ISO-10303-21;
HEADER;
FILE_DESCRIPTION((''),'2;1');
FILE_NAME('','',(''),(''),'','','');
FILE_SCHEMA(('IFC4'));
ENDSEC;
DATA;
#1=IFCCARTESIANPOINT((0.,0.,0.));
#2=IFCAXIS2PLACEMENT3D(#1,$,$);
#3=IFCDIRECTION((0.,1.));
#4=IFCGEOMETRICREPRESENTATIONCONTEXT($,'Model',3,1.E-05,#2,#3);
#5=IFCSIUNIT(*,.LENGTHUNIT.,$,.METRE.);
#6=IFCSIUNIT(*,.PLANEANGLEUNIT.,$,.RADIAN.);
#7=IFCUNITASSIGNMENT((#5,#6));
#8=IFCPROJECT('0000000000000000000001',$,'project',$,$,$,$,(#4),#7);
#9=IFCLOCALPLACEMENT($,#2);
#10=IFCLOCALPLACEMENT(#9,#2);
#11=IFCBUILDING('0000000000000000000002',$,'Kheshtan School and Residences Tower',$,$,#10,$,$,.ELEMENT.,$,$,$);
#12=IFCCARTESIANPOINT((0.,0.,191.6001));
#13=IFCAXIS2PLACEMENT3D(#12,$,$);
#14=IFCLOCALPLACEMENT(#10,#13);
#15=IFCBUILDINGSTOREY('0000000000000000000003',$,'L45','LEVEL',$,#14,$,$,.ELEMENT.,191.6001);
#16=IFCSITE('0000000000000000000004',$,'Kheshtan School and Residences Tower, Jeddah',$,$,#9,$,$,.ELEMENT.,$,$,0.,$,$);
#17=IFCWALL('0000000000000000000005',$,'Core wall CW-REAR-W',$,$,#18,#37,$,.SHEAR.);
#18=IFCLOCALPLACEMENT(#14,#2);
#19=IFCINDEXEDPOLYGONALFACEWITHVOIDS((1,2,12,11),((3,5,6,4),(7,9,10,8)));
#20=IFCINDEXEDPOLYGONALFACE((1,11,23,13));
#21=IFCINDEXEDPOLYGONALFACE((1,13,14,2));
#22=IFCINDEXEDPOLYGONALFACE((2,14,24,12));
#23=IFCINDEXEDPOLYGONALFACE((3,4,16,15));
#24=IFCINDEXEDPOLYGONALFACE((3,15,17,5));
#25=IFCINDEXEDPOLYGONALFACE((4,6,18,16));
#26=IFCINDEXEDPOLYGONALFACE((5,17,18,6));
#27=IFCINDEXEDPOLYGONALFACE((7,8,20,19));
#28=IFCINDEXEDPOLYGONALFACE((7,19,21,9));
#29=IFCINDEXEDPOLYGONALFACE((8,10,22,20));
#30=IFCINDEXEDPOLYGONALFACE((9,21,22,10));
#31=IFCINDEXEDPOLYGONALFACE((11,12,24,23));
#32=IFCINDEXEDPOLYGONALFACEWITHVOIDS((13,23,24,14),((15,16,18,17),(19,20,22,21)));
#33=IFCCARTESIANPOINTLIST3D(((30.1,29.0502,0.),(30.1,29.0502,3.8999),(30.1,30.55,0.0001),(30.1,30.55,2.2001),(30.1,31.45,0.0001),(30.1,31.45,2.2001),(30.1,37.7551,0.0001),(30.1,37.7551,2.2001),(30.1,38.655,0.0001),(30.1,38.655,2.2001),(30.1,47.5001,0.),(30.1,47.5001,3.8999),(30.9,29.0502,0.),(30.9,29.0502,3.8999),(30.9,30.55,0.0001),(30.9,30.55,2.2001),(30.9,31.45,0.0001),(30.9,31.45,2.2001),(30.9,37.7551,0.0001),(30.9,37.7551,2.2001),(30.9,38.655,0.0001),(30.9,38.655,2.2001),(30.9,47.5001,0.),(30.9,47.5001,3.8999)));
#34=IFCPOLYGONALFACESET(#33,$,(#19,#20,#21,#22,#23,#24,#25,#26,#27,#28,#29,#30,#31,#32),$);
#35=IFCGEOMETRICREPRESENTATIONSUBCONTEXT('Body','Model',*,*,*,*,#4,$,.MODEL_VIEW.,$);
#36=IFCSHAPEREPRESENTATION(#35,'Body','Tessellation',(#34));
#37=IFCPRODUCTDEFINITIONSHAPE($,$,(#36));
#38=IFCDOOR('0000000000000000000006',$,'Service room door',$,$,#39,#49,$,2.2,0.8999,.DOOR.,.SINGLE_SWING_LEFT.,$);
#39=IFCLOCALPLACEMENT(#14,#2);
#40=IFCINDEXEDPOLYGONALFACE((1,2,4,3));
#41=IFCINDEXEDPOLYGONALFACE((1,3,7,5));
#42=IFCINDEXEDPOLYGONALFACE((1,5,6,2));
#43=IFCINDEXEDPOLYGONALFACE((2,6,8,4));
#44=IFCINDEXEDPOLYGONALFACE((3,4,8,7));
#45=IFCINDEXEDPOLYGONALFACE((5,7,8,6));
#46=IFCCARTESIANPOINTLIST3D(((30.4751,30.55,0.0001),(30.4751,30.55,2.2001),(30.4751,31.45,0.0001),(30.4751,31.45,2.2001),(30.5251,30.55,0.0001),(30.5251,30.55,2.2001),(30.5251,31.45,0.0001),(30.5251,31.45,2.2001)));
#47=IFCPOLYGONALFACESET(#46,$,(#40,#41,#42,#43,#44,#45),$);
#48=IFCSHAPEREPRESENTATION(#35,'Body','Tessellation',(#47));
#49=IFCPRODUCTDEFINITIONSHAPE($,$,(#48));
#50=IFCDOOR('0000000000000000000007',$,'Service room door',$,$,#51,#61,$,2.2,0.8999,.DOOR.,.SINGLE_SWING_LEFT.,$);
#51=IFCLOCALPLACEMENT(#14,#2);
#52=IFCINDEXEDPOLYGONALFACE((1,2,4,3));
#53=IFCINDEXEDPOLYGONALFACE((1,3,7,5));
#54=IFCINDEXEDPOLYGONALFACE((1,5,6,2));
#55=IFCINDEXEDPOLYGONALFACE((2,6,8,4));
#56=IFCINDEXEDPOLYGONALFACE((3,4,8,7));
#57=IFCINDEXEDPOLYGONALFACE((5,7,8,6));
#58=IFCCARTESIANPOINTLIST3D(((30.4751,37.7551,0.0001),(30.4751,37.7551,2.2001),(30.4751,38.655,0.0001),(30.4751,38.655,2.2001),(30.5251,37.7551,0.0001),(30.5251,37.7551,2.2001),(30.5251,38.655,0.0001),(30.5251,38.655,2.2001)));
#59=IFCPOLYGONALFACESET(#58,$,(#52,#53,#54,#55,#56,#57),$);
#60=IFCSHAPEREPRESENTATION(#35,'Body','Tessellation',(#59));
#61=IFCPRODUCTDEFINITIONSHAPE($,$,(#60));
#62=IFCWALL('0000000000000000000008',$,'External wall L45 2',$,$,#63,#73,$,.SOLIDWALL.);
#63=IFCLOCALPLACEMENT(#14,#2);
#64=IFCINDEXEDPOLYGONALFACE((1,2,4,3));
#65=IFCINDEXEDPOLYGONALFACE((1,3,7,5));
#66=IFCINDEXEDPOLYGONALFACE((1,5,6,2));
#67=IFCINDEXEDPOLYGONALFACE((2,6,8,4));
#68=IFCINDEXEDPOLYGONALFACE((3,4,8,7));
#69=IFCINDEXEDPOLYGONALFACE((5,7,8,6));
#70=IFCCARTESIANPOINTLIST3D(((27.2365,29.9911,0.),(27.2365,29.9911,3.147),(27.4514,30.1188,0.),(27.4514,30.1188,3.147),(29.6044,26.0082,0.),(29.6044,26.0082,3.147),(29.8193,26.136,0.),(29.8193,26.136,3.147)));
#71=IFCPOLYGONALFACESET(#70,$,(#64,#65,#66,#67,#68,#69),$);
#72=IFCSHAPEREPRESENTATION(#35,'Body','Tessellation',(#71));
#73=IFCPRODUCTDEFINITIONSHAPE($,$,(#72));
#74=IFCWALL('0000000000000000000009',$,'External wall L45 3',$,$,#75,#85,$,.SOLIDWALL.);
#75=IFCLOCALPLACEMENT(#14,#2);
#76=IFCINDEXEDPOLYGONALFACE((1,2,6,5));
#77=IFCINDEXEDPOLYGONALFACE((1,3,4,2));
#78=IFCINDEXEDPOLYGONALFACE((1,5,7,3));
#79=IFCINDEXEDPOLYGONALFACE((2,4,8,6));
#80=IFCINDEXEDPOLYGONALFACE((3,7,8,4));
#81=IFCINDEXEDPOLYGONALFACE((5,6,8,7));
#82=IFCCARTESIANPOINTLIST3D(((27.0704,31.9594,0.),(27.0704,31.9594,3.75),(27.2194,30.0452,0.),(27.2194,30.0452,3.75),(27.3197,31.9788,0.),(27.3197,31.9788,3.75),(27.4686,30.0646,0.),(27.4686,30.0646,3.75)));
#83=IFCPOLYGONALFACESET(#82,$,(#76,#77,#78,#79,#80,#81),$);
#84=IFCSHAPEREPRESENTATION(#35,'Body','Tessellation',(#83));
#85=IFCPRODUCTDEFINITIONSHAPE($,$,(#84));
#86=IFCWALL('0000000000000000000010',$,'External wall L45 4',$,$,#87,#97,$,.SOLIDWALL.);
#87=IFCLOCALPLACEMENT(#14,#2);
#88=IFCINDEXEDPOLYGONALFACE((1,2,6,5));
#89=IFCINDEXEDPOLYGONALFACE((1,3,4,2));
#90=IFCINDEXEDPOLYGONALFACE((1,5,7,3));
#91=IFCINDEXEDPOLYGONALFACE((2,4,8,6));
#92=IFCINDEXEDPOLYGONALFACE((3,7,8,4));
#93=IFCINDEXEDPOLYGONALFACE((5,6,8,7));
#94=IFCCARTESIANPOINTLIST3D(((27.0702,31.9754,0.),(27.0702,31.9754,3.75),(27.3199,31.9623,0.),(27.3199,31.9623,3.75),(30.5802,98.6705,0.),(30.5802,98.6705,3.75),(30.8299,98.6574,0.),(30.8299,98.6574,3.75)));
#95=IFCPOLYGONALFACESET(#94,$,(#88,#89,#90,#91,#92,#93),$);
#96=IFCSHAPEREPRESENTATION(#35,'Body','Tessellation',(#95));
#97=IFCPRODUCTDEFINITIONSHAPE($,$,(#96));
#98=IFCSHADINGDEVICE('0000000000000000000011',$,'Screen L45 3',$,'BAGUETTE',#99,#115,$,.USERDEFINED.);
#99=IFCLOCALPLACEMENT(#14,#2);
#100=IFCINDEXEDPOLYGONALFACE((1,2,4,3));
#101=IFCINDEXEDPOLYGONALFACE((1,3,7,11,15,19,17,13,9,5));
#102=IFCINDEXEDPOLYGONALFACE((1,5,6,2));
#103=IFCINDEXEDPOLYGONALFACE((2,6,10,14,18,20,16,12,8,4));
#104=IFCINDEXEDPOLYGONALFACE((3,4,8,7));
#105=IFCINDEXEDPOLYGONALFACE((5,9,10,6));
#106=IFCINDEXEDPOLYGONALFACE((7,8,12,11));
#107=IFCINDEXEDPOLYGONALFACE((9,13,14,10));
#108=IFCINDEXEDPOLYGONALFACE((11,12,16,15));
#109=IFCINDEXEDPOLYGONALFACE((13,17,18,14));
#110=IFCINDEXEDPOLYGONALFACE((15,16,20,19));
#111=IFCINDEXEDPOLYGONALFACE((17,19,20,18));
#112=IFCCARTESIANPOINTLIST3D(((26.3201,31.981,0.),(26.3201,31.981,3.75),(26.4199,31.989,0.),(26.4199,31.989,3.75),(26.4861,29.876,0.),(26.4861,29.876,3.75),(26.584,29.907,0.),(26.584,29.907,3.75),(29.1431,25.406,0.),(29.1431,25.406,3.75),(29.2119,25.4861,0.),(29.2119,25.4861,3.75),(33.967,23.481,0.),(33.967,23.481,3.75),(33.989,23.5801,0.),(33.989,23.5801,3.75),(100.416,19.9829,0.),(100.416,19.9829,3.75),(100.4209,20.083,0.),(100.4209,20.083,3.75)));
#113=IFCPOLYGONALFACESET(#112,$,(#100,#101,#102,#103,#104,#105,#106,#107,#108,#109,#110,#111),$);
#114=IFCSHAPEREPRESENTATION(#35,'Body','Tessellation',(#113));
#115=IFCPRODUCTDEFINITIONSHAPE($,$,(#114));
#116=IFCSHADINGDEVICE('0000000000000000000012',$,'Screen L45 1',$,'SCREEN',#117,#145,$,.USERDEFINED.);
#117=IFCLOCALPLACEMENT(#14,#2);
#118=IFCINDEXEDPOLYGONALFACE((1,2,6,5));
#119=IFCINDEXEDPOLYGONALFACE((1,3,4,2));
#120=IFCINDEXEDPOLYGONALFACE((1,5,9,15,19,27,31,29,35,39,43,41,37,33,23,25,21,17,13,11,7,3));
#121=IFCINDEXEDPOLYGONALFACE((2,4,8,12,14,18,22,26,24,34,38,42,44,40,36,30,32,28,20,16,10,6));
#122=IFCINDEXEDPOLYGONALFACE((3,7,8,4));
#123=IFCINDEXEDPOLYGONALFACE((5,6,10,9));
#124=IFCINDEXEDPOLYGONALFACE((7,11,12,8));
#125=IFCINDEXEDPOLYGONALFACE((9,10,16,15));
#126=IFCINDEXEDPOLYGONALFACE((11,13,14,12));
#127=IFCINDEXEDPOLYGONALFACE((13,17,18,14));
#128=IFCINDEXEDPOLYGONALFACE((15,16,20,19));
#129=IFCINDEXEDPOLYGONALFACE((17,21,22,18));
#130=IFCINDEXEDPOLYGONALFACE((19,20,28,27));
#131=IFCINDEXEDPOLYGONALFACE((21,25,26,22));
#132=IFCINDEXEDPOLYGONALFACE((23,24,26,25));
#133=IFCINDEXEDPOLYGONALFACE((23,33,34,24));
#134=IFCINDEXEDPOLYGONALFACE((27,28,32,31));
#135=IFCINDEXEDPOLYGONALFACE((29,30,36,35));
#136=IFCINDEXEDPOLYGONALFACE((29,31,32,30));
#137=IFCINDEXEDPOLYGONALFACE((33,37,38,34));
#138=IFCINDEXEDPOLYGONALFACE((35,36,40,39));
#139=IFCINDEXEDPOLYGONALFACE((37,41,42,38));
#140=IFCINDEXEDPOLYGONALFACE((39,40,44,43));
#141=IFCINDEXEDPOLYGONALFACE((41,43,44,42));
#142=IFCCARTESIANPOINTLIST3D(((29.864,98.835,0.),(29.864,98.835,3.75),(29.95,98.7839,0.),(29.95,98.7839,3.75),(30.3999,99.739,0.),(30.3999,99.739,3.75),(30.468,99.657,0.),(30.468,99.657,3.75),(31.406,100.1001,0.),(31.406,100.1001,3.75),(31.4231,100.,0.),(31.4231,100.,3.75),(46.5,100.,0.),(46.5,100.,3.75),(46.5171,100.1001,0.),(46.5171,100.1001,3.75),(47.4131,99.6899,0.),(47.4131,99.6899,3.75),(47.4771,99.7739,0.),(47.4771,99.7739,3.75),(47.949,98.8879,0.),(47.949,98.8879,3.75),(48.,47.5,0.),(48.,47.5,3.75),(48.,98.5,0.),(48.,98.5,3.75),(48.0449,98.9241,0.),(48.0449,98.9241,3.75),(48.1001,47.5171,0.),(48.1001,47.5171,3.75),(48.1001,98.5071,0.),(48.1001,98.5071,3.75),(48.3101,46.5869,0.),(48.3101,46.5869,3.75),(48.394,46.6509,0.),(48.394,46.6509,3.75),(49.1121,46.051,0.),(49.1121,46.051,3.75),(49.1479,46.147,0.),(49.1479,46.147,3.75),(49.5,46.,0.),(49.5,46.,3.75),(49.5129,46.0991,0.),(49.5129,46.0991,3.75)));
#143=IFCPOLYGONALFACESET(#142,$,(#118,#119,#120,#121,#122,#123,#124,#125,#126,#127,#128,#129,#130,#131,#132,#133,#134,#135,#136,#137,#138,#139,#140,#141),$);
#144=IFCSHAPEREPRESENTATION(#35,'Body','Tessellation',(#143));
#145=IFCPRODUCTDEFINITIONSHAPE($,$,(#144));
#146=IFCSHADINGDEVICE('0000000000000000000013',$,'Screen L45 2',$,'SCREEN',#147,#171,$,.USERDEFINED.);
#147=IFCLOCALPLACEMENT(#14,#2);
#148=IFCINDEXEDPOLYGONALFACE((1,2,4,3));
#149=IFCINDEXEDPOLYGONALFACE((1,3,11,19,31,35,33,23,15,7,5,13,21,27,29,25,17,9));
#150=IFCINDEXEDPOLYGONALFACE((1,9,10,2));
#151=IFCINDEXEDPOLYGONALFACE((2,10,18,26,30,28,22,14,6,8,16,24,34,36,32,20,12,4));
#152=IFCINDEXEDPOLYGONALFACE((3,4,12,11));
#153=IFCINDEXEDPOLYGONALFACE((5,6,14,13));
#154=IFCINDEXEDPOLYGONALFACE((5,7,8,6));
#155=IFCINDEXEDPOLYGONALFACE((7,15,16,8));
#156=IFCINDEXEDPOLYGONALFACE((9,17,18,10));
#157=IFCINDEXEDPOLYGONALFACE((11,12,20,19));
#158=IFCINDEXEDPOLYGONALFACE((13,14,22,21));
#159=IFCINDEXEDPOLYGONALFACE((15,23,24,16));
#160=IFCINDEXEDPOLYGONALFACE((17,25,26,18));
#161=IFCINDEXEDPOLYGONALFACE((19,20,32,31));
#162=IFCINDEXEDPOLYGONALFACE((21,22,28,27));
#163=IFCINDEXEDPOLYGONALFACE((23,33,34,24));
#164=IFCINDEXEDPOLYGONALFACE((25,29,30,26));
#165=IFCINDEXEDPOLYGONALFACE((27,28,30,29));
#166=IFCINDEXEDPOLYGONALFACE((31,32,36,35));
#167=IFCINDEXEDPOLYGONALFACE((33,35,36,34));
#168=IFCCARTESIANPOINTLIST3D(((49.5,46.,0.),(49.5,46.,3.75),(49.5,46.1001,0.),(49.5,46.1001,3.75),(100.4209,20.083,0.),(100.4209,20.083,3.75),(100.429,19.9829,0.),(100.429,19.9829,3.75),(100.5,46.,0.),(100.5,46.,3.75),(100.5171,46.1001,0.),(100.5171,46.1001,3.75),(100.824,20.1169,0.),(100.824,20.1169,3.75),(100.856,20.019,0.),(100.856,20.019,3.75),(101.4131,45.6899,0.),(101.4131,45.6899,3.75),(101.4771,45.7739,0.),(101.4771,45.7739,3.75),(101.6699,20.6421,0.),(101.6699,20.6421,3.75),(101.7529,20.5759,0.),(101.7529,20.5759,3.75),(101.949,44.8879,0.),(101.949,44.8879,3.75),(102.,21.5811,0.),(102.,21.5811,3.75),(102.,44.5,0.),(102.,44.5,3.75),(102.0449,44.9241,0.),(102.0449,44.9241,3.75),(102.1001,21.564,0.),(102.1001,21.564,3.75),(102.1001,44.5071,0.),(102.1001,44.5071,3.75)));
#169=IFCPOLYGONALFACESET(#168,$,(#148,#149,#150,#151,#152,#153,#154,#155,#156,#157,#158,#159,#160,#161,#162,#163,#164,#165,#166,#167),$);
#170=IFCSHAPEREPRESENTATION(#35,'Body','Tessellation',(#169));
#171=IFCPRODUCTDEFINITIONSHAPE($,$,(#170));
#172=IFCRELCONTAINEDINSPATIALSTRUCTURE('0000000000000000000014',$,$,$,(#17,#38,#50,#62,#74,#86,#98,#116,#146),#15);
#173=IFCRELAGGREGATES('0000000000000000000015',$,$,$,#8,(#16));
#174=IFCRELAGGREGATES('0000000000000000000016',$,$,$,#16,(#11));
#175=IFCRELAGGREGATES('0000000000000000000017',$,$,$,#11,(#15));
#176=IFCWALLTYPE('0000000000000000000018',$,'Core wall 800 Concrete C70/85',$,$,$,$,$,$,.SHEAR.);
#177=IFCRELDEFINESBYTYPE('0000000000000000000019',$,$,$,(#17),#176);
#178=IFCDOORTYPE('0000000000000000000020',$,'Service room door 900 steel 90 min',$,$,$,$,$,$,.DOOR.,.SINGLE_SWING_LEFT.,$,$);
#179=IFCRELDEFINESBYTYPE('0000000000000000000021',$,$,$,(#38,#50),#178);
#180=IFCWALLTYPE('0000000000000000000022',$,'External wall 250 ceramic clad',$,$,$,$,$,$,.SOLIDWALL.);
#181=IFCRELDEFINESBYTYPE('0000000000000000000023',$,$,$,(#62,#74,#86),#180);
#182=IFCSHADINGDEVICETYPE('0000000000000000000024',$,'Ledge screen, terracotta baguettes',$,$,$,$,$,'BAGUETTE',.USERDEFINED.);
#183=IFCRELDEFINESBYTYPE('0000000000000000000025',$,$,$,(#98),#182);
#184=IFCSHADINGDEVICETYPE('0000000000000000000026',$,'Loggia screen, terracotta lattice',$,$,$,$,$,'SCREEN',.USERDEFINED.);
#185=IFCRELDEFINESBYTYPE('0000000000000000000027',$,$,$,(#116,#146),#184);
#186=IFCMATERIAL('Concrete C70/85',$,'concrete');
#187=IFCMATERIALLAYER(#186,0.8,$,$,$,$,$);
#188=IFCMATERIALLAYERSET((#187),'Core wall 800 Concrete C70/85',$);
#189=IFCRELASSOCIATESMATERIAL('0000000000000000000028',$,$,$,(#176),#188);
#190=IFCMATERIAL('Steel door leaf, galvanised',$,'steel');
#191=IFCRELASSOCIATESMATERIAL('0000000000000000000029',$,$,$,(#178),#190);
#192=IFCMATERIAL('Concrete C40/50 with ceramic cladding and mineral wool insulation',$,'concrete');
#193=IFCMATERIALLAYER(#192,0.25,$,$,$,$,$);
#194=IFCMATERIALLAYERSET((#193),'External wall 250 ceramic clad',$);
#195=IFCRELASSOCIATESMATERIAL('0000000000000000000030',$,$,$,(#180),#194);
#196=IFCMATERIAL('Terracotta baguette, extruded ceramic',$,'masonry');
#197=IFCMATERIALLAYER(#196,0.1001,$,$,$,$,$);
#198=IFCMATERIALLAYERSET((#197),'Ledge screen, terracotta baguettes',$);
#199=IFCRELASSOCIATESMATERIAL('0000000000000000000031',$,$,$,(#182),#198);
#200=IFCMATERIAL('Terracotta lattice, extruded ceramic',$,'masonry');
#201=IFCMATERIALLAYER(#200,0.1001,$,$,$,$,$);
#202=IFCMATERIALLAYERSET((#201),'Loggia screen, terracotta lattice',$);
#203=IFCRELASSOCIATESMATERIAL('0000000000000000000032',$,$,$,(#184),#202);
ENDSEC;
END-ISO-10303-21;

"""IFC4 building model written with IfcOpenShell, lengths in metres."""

from ifc_helpers import new_model, si_unit, direction, frame, frame_2d, origin, place, context, subcontext, project, spatial, polyline, rectangle, outline, extrude, source, transform, mapped, material, layer, layer_set, type_object, element, fill, save


model = new_model("IFC4")

# Units and contexts
model_context = context("Model", 3, precision=1e-05, world=origin(), true_north=direction((0.0, 1.0)))
body_context = subcontext(model_context, "Body", "Model", "MODEL_VIEW")
ifc_project = project(units=[si_unit("LENGTHUNIT", "METRE"), si_unit("PLANEANGLEUNIT", "RADIAN")], contexts=[model_context])

# Site, building, storey
site_placement = place(None, origin())
site = spatial("IfcSite", under=ifc_project, at=site_placement, Name="Kheshtan School and Residences Tower, Jeddah", CompositionType="ELEMENT", RefElevation=0.0)
building_placement = place(site_placement, origin())
building = spatial("IfcBuilding", under=site, at=building_placement, Name="Kheshtan School and Residences Tower", CompositionType="ELEMENT")
storey_placement = place(building_placement, frame((0.0, 0.0, 191.6001)))
storey = spatial("IfcBuildingStorey", under=building, at=storey_placement, Name="L45", Description="LEVEL", CompositionType="ELEMENT", Elevation=191.6001)

# Wall, openings, doors
ifc_material_1 = material(Name="Concrete C70/85", Category="concrete")
ifc_layer_1 = layer(ifc_material_1, 0.8)
ifc_layer_set_1 = layer_set([ifc_layer_1], Name="Core wall 800 Concrete C70/85")
wall_type_1 = type_object("IfcWallType", Name="Core wall 800 Concrete C70/85", PredefinedType="SHEAR", material=ifc_layer_set_1)
wall_1_placement = place(storey_placement, frame((30.5, 29.05, 0.0), z_axis=(0.0, 0.0, 1.0), x_axis=(0.0, 1.0, 0.0)))
wall_1 = element("IfcWall", 1, at=wall_1_placement, inside=storey, type_object=wall_type_1, Name="Core wall CW-REAR-W", PredefinedType="SHEAR", context=body_context, shape_type="SweptSolid", body=[
    extrude(rectangle(XDim=18.45, YDim=0.8, at=frame_2d((9.2251, 0.0))), origin(), (0.0, 0.0, 1.0), 3.8999),
])
opening_1_placement = place(wall_1_placement, frame((1.5, 0.0, 0.0)))
opening_1 = element("IfcOpeningElement", 2, at=opening_1_placement, cuts=wall_1, PredefinedType="OPENING", context=body_context, shape_type="SweptSolid", body=[
    extrude(rectangle(XDim=0.8999, YDim=2.2, at=frame_2d((0.45, 1.1001))), frame((0.0, 0.4102, 0.0), z_axis=(0.0, -1.0, 0.0), x_axis=(1.0, 0.0, 0.0)), (0.0, 0.0, 1.0), 0.8201),
])
opening_2_placement = place(wall_1_placement, frame((8.7051, 0.0, 0.0)))
opening_2 = element("IfcOpeningElement", 3, at=opening_2_placement, cuts=wall_1, PredefinedType="OPENING", context=body_context, shape_type="SweptSolid", body=[
    extrude(rectangle(XDim=0.8999, YDim=2.2, at=frame_2d((0.45, 1.1001))), frame((0.0, 0.4102, 0.0), z_axis=(0.0, -1.0, 0.0), x_axis=(1.0, 0.0, 0.0)), (0.0, 0.0, 1.0), 0.8201),
])
ifc_material_2 = material(Name="Steel door leaf, galvanised", Category="steel")
door_type = type_object("IfcDoorType", Name="Service room door 900 steel 90 min", OperationType="SINGLE_SWING_LEFT", PredefinedType="DOOR", material=ifc_material_2)
shared_shape = source(origin(), body_context, "Body", "SweptSolid", [
    extrude(rectangle(XDim=0.8999, YDim=2.2, at=frame_2d((0.45, 1.1001))), frame((0.0, 0.0249, 0.0), z_axis=(0.0, -1.0, 0.0), x_axis=(1.0, 0.0, 0.0)), (0.0, 0.0, 1.0), 0.05),
])
door_1_placement = place(opening_1_placement, origin())
door_1 = element("IfcDoor", 4, at=door_1_placement, inside=storey, type_object=door_type, Name="Service room door", OperationType="SINGLE_SWING_LEFT", OverallHeight=2.2, OverallWidth=0.8999, PredefinedType="DOOR", context=body_context, shape_type="MappedRepresentation", body=[
    mapped(shared_shape, transform((0.0, 0.0, 0.0), x_axis=(1.0, 0.0, 0.0), y_axis=(0.0, 1.0, 0.0), z_axis=(0.0, 0.0, 1.0), scale=1.0)),
])
fill(opening_1, door_1)
door_2_placement = place(opening_2_placement, origin())
door_2 = element("IfcDoor", 5, at=door_2_placement, inside=storey, type_object=door_type, Name="Service room door", OperationType="SINGLE_SWING_LEFT", OverallHeight=2.2, OverallWidth=0.8999, PredefinedType="DOOR", context=body_context, shape_type="MappedRepresentation", body=[
    mapped(shared_shape, transform((0.0, 0.0, 0.0), x_axis=(1.0, 0.0, 0.0), y_axis=(0.0, 1.0, 0.0), z_axis=(0.0, 0.0, 1.0), scale=1.0)),
])
fill(opening_2, door_2)

# Walls
ifc_material_3 = material(Name="Concrete C40/50 with ceramic cladding and mineral wool insulation", Category="concrete")
ifc_layer_2 = layer(ifc_material_3, 0.25)
ifc_layer_set_2 = layer_set([ifc_layer_2], Name="External wall 250 ceramic clad")
wall_type_2 = type_object("IfcWallType", Name="External wall 250 ceramic clad", PredefinedType="SOLIDWALL", material=ifc_layer_set_2)
wall_2_placement = place(storey_placement, frame((29.7119, 26.072, 0.0), z_axis=(0.0, 0.0, 1.0), x_axis=(-0.511028, 0.859564, 0.0)))
element("IfcWall", 6, at=wall_2_placement, inside=storey, type_object=wall_type_2, Name="External wall L45 2", PredefinedType="SOLIDWALL", context=body_context, shape_type="SweptSolid", body=[
    extrude(rectangle(XDim=4.6335, YDim=0.25, at=frame_2d((2.3169, 0.0))), origin(), (0.0, 0.0, 1.0), 3.147),
])
wall_3_placement = place(storey_placement, frame((27.344, 30.0549, 0.0), z_axis=(0.0, 0.0, 1.0), x_axis=(-0.077572, 0.996987, 0.0)))
element("IfcWall", 7, at=wall_3_placement, inside=storey, type_object=wall_type_2, Name="External wall L45 3", PredefinedType="SOLIDWALL", context=body_context, shape_type="SweptSolid", body=[
    extrude(rectangle(XDim=1.9199, YDim=0.25, at=frame_2d((0.96, 0.0))), origin(), (0.0, 0.0, 1.0), 3.75),
])
wall_4_placement = place(storey_placement, frame((27.1951, 31.969, 0.0), z_axis=(0.0, 0.0, 1.0), x_axis=(0.052555, 0.998618, 0.0)))
element("IfcWall", 8, at=wall_4_placement, inside=storey, type_object=wall_type_2, Name="External wall L45 4", PredefinedType="SOLIDWALL", context=body_context, shape_type="SweptSolid", body=[
    extrude(rectangle(XDim=66.7874, YDim=0.25, at=frame_2d((33.3936, 0.0))), origin(), (0.0, 0.0, 1.0), 3.75),
])

# Shading devices
ifc_material_4 = material(Name="Terracotta baguette, extruded ceramic", Category="masonry")
ifc_layer_3 = layer(ifc_material_4, 0.1001)
ifc_layer_set_3 = layer_set([ifc_layer_3], Name="Ledge screen, terracotta baguettes")
shading_device_type_1 = type_object("IfcShadingDeviceType", Name="Ledge screen, terracotta baguettes", ElementType="BAGUETTE", PredefinedType="USERDEFINED", material=ifc_layer_set_3)
shading_device_1_placement = place(storey_placement, origin())
element("IfcShadingDevice", 9, at=shading_device_1_placement, inside=storey, type_object=shading_device_type_1, Name="Screen L45 3", ObjectType="BAGUETTE", PredefinedType="USERDEFINED", context=body_context, shape_type="SweptSolid", body=[
    extrude(outline(polyline([(100.4209, 20.083), (33.989, 23.5801), (29.2119, 25.4861), (26.584, 29.907), (26.4199, 31.989), (26.3201, 31.981), (26.4861, 29.876), (29.1431, 25.406), (33.967, 23.481), (100.416, 19.9829), (100.4209, 20.083)])), origin(), (0.0, 0.0, 1.0), 3.75),
])
ifc_material_5 = material(Name="Terracotta lattice, extruded ceramic", Category="masonry")
ifc_layer_4 = layer(ifc_material_5, 0.1001)
ifc_layer_set_4 = layer_set([ifc_layer_4], Name="Loggia screen, terracotta lattice")
shading_device_type_2 = type_object("IfcShadingDeviceType", Name="Loggia screen, terracotta lattice", ElementType="SCREEN", PredefinedType="USERDEFINED", material=ifc_layer_set_4)
shading_device_2_placement = place(storey_placement, origin())
element("IfcShadingDevice", 10, at=shading_device_2_placement, inside=storey, type_object=shading_device_type_2, Name="Screen L45 1", ObjectType="SCREEN", PredefinedType="USERDEFINED", context=body_context, shape_type="SweptSolid", body=[
    extrude(outline(polyline([(29.95, 98.7839), (30.468, 99.657), (31.4231, 100.0), (46.5, 100.0), (47.4131, 99.6899), (47.949, 98.8879), (48.0, 98.5), (48.0, 47.5), (48.3101, 46.5869), (49.1121, 46.051), (49.5, 46.0), (49.5129, 46.0991), (49.1479, 46.147), (48.394, 46.6509), (48.1001, 47.5171), (48.1001, 98.5071), (48.0449, 98.9241), (47.4771, 99.7739), (46.5171, 100.1001), (31.406, 100.1001), (30.3999, 99.739), (29.864, 98.835), (29.95, 98.7839)])), origin(), (0.0, 0.0, 1.0), 3.75),
])
shading_device_3_placement = place(storey_placement, origin())
element("IfcShadingDevice", 11, at=shading_device_3_placement, inside=storey, type_object=shading_device_type_2, Name="Screen L45 2", ObjectType="SCREEN", PredefinedType="USERDEFINED", context=body_context, shape_type="SweptSolid", body=[
    extrude(outline(polyline([(49.5, 46.0), (100.5, 46.0), (101.4131, 45.6899), (101.949, 44.8879), (102.0, 44.5), (102.0, 21.5811), (101.6699, 20.6421), (100.824, 20.1169), (100.4209, 20.083), (100.429, 19.9829), (100.856, 20.019), (101.7529, 20.5759), (102.1001, 21.564), (102.1001, 44.5071), (102.0449, 44.9241), (101.4771, 45.7739), (100.5171, 46.1001), (49.5, 46.1001), (49.5, 46.0)])), origin(), (0.0, 0.0, 1.0), 3.75),
])

save(model, "model.ifc")
